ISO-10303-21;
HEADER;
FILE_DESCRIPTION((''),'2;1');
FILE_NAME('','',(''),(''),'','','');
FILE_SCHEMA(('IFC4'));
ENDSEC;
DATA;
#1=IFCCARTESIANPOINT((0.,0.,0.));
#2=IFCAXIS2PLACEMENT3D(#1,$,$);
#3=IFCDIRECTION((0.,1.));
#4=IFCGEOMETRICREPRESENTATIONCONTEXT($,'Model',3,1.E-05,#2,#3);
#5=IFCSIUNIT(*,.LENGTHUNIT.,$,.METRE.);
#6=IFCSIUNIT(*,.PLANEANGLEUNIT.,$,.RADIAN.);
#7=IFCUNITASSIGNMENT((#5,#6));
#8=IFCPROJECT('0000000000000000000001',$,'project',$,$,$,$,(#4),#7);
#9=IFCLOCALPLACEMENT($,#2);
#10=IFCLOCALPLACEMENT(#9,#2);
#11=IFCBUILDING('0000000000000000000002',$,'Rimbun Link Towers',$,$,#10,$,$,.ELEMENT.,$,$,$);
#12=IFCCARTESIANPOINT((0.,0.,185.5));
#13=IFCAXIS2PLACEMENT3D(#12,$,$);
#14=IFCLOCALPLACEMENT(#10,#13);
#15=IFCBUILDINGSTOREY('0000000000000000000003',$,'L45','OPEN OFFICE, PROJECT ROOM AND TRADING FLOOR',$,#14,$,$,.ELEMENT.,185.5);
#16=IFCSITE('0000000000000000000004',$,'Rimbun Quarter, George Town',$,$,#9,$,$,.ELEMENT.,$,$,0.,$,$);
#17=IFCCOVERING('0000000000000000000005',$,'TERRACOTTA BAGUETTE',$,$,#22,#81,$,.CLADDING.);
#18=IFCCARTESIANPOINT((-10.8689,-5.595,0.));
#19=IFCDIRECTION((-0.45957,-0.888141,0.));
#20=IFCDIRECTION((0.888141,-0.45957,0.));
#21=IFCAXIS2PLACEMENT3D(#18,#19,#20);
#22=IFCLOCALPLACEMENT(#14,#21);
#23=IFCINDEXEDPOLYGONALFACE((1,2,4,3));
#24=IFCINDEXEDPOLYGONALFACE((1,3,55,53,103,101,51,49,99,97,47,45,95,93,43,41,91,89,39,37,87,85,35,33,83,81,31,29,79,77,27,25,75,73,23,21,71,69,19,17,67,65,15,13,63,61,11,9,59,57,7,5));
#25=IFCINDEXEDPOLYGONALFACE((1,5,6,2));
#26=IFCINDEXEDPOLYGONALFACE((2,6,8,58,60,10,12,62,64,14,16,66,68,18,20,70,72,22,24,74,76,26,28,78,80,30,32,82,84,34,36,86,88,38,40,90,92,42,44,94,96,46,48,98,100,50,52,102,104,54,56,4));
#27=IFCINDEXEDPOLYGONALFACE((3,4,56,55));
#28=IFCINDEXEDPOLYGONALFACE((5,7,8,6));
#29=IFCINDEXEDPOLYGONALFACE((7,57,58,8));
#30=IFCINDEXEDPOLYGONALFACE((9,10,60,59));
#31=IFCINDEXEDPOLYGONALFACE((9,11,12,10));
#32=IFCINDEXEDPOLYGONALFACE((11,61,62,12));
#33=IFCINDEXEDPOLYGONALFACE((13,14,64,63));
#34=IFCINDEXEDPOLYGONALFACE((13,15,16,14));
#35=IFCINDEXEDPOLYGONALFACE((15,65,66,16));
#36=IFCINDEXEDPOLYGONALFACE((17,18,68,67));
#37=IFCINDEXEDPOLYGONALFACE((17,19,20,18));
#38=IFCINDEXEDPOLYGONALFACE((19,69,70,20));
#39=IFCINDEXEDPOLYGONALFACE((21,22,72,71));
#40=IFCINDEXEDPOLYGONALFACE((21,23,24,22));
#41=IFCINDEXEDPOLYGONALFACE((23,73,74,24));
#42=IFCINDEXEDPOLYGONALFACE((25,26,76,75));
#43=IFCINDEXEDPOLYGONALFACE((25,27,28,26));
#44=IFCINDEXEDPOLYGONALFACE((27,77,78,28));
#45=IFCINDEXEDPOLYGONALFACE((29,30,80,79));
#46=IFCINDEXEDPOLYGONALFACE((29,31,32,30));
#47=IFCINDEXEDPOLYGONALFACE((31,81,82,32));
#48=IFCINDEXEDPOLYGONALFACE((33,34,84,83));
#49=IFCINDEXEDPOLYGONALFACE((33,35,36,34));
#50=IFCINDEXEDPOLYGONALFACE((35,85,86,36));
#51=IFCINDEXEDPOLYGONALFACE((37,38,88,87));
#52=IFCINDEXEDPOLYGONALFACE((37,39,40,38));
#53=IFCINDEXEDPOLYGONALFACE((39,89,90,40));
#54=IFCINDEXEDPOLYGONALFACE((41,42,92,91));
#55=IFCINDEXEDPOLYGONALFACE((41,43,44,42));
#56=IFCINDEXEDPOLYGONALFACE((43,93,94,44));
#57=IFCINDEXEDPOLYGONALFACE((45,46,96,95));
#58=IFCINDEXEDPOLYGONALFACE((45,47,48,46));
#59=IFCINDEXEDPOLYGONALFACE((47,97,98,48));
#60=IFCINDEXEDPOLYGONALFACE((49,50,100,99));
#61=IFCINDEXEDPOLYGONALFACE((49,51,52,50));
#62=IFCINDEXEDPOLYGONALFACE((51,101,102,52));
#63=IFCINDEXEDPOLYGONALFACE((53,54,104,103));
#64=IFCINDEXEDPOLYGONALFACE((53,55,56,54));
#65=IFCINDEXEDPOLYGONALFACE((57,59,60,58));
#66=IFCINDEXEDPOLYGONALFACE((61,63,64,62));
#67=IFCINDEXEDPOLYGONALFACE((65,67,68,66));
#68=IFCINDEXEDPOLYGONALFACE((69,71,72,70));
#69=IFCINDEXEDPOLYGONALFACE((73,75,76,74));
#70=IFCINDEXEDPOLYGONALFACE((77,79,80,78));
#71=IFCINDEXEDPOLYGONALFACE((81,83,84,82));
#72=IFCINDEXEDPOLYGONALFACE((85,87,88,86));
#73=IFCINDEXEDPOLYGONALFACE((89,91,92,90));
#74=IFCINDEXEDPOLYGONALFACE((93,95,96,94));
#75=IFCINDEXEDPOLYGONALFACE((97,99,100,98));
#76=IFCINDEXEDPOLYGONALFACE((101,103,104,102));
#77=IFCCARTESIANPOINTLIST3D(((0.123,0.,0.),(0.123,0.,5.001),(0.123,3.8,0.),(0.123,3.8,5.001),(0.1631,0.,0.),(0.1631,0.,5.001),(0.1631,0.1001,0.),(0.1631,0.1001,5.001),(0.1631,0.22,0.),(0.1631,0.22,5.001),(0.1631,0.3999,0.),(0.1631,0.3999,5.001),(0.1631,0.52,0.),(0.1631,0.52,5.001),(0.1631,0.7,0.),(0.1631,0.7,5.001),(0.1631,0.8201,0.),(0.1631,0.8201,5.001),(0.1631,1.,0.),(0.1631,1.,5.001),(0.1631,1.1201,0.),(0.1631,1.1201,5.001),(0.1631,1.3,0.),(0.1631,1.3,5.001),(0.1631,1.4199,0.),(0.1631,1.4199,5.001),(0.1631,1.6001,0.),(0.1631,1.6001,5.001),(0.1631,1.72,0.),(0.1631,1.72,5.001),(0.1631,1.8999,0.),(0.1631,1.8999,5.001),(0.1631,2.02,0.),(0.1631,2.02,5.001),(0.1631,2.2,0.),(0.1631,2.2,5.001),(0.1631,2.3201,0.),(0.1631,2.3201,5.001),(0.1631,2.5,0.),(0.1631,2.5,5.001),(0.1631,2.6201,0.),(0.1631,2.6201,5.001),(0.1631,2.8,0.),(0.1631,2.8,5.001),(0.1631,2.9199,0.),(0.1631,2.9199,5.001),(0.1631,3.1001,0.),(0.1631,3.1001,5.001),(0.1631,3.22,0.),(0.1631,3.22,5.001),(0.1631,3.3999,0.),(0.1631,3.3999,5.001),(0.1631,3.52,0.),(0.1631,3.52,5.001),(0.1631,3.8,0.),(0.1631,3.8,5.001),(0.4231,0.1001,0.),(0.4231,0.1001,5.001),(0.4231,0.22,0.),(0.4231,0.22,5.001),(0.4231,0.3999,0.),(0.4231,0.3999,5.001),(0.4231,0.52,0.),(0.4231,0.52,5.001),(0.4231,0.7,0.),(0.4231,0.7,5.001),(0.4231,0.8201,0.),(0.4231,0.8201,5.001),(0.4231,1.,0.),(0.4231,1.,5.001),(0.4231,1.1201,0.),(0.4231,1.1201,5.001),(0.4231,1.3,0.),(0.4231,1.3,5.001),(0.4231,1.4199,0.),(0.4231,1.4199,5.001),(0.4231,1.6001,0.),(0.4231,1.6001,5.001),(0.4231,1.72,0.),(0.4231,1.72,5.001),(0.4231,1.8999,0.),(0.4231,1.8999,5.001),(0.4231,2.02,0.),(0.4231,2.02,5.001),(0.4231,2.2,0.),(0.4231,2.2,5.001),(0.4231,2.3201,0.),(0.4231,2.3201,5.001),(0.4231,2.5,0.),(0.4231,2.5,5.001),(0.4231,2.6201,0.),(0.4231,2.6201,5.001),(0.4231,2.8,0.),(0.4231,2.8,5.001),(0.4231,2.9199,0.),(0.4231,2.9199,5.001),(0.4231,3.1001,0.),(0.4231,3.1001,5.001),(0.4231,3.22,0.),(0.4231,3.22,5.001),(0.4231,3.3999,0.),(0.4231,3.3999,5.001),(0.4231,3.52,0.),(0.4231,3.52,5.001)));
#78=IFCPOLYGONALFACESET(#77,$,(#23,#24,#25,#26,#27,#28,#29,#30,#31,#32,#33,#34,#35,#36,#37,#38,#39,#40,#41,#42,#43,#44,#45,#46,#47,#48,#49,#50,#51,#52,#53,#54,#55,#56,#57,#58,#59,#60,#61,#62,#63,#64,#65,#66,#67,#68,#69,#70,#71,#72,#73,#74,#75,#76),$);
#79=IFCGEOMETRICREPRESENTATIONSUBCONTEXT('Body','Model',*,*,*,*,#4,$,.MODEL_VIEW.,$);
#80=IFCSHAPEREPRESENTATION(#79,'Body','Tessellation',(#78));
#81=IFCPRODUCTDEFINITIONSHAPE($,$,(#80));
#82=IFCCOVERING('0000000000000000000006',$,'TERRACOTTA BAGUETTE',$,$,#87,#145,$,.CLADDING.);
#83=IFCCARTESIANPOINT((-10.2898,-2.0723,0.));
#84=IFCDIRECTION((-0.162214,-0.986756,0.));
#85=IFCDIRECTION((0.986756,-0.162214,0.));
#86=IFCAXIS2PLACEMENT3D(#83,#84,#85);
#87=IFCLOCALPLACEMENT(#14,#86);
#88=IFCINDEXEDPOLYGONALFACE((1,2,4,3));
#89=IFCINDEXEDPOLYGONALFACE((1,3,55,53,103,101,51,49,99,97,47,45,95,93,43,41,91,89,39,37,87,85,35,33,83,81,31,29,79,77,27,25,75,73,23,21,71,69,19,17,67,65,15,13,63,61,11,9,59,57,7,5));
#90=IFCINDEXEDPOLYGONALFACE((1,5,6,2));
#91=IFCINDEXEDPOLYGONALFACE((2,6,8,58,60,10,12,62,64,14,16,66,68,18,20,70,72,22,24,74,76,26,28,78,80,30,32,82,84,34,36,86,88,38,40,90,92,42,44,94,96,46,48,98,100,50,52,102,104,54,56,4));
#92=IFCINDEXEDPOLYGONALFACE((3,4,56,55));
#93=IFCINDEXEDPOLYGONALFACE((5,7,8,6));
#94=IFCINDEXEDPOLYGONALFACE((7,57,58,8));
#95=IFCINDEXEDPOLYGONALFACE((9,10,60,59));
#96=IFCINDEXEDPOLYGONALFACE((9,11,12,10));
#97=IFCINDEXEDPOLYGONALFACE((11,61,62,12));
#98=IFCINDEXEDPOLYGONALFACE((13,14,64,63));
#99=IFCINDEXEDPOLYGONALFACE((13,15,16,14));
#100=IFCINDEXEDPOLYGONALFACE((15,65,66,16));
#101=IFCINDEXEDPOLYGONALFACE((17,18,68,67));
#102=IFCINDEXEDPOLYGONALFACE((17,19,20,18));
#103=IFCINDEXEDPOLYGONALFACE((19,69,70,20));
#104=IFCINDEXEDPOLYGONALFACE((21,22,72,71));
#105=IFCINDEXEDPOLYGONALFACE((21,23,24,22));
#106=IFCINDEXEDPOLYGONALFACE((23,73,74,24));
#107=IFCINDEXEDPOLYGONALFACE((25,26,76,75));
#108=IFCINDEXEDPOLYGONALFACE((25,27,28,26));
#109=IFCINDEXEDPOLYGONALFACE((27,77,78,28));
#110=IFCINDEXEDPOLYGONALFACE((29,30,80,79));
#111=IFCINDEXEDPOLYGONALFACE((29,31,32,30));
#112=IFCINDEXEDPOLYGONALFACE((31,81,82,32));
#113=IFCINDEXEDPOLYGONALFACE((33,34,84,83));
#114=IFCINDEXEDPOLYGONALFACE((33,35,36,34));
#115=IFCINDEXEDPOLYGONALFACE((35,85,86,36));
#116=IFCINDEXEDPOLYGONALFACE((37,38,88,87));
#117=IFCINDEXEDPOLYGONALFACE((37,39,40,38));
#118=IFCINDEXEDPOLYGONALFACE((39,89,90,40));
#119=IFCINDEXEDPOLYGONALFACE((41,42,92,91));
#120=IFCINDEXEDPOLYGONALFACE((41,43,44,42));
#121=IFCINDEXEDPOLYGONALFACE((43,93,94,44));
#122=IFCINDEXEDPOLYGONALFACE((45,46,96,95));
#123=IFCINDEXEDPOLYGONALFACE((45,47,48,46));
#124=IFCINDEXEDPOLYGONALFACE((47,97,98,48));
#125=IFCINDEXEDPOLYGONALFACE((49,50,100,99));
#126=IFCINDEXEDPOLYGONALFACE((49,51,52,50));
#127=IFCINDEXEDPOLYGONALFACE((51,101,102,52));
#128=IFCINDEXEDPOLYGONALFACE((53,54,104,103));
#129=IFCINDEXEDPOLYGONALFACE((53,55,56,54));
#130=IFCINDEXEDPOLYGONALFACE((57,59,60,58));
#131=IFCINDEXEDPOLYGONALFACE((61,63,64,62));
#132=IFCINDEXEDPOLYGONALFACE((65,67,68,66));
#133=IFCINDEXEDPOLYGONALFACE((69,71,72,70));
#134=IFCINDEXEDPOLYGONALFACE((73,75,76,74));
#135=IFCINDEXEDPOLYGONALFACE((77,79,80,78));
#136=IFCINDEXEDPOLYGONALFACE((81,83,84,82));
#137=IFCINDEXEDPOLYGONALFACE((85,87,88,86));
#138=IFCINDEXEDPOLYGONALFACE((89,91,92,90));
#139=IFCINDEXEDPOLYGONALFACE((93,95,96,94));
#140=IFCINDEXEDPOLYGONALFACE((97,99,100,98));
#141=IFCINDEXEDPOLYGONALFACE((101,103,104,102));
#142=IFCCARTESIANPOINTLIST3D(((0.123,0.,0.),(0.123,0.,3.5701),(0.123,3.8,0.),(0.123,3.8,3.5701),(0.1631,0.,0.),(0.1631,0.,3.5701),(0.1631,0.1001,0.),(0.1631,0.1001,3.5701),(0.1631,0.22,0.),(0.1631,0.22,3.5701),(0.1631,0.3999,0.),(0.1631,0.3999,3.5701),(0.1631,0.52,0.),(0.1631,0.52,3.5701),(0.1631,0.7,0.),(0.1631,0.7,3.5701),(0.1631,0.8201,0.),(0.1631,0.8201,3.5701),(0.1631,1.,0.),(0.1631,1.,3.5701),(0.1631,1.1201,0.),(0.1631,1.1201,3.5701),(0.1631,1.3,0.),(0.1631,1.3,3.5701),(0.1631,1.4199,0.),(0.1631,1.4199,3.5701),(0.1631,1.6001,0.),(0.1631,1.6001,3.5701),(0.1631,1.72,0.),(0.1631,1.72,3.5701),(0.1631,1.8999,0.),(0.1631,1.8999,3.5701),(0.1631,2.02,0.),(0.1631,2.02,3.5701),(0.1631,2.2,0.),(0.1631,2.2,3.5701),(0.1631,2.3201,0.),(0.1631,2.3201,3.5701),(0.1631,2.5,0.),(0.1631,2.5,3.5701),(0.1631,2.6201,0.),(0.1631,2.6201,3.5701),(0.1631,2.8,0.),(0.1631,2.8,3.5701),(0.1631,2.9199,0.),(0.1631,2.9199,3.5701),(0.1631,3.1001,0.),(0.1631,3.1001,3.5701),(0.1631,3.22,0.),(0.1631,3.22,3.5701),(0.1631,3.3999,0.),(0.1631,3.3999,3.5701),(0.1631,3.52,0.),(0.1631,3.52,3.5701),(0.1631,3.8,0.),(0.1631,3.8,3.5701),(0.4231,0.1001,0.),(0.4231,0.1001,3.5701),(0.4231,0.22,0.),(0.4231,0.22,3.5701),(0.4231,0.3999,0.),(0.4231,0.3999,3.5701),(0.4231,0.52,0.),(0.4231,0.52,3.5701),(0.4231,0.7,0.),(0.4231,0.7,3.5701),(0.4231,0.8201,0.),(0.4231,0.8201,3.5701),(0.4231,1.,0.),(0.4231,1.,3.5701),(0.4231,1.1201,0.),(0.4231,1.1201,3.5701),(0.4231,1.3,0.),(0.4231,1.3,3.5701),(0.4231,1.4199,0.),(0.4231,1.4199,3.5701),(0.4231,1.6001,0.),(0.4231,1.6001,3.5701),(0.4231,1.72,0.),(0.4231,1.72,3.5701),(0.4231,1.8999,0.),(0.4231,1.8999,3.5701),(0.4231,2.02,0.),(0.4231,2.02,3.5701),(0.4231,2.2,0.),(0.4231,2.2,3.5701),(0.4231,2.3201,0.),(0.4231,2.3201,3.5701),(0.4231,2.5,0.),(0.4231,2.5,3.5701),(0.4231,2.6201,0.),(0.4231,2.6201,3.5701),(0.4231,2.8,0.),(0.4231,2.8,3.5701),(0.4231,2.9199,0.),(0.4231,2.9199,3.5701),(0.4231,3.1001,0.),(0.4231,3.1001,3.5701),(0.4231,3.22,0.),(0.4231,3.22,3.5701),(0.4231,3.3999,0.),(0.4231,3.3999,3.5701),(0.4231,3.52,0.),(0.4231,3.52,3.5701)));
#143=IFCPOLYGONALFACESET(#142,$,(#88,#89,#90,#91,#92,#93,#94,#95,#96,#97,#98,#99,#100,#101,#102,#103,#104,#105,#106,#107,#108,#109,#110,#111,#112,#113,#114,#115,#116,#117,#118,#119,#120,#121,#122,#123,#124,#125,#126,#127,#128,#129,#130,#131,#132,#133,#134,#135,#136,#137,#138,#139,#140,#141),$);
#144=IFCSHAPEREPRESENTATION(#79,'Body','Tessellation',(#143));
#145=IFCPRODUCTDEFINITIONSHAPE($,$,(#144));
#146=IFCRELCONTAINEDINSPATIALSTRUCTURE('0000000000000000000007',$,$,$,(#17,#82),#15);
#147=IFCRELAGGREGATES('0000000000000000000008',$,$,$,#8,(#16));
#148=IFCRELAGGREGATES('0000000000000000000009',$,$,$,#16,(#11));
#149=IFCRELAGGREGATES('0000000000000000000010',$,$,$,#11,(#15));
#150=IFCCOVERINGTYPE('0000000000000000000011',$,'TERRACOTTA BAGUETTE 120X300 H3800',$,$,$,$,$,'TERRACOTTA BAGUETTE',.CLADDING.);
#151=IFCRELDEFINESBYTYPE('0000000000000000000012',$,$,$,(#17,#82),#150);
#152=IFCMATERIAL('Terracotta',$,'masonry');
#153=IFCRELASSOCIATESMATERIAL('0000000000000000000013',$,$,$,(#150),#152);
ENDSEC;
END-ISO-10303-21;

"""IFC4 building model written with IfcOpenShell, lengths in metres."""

from ifc_helpers import new_model, si_unit, direction, frame, origin, place, context, subcontext, project, spatial, polyline, outline, extrude, material, material_profile, profile_set, type_object, element, save


model = new_model("IFC4")

# Units and contexts
model_context = context("Model", 3, precision=1e-05, world=origin(), true_north=direction((0.0, 1.0)))
body_context = subcontext(model_context, "Body", "Model", "MODEL_VIEW")
ifc_project = project(units=[si_unit("LENGTHUNIT", "METRE"), si_unit("PLANEANGLEUNIT", "RADIAN")], contexts=[model_context])

# Site, building, storey
site_placement = place(None, origin())
site = spatial("IfcSite", under=ifc_project, at=site_placement, Name="Rimbun Quarter, George Town", CompositionType="ELEMENT", RefElevation=0.0)
building_placement = place(site_placement, origin())
building = spatial("IfcBuilding", under=site, at=building_placement, Name="Rimbun Link Towers", CompositionType="ELEMENT")
storey_placement = place(building_placement, frame((0.0, 0.0, 185.5)))
storey = spatial("IfcBuildingStorey", under=building, at=storey_placement, Name="L45", Description="OPEN OFFICE, PROJECT ROOM AND TRADING FLOOR", CompositionType="ELEMENT", Elevation=185.5)

# Coverings
ifc_material_1 = material(Name="Terracotta", Category="masonry")
ifc_material_profile_1 = material_profile(ifc_material_1, outline(polyline([(0.123, 0.0), (0.1631, 0.0), (0.1631, 0.1001), (0.4231, 0.1001), (0.4231, 0.22), (0.1631, 0.22), (0.1631, 0.3999), (0.4231, 0.3999), (0.4231, 0.52), (0.1631, 0.52), (0.1631, 0.7), (0.4231, 0.7), (0.4231, 0.8201), (0.1631, 0.8201), (0.1631, 1.0), (0.4231, 1.0), (0.4231, 1.1201), (0.1631, 1.1201), (0.1631, 1.3), (0.4231, 1.3), (0.4231, 1.4199), (0.1631, 1.4199), (0.1631, 1.6001), (0.4231, 1.6001), (0.4231, 1.72), (0.1631, 1.72), (0.1631, 1.8999), (0.4231, 1.8999), (0.4231, 2.02), (0.1631, 2.02), (0.1631, 2.2), (0.4231, 2.2), (0.4231, 2.3201), (0.1631, 2.3201), (0.1631, 2.5), (0.4231, 2.5), (0.4231, 2.6201), (0.1631, 2.6201), (0.1631, 2.8), (0.4231, 2.8), (0.4231, 2.9199), (0.1631, 2.9199), (0.1631, 3.1001), (0.4231, 3.1001), (0.4231, 3.22), (0.1631, 3.22), (0.1631, 3.3999), (0.4231, 3.3999), (0.4231, 3.52), (0.1631, 3.52), (0.1631, 3.8), (0.123, 3.8), (0.123, 0.0)])), Name="BAGUETTE 120X300")
ifc_profile_set_1 = profile_set([ifc_material_profile_1], Name="Terracotta")
covering_type = type_object("IfcCoveringType", Name="TERRACOTTA BAGUETTE 120X300 H3800", ElementType="TERRACOTTA BAGUETTE", PredefinedType="CLADDING", material=ifc_profile_set_1)
covering_1_placement = place(storey_placement, frame((-10.8689, -5.595, 0.0), z_axis=(-0.45957, -0.888141, 0.0), x_axis=(0.888141, -0.45957, 0.0)))
element("IfcCovering", 1, at=covering_1_placement, inside=storey, type_object=covering_type, Name="TERRACOTTA BAGUETTE", PredefinedType="CLADDING", context=body_context, shape_type="SweptSolid", body=[
    extrude(outline(polyline([(0.123, 0.0), (0.1631, 0.0), (0.1631, 0.1001), (0.4231, 0.1001), (0.4231, 0.22), (0.1631, 0.22), (0.1631, 0.3999), (0.4231, 0.3999), (0.4231, 0.52), (0.1631, 0.52), (0.1631, 0.7), (0.4231, 0.7), (0.4231, 0.8201), (0.1631, 0.8201), (0.1631, 1.0), (0.4231, 1.0), (0.4231, 1.1201), (0.1631, 1.1201), (0.1631, 1.3), (0.4231, 1.3), (0.4231, 1.4199), (0.1631, 1.4199), (0.1631, 1.6001), (0.4231, 1.6001), (0.4231, 1.72), (0.1631, 1.72), (0.1631, 1.8999), (0.4231, 1.8999), (0.4231, 2.02), (0.1631, 2.02), (0.1631, 2.2), (0.4231, 2.2), (0.4231, 2.3201), (0.1631, 2.3201), (0.1631, 2.5), (0.4231, 2.5), (0.4231, 2.6201), (0.1631, 2.6201), (0.1631, 2.8), (0.4231, 2.8), (0.4231, 2.9199), (0.1631, 2.9199), (0.1631, 3.1001), (0.4231, 3.1001), (0.4231, 3.22), (0.1631, 3.22), (0.1631, 3.3999), (0.4231, 3.3999), (0.4231, 3.52), (0.1631, 3.52), (0.1631, 3.8), (0.123, 3.8), (0.123, 0.0)])), origin(), (0.0, 0.0, 1.0), 5.001),
])
covering_2_placement = place(storey_placement, frame((-10.2898, -2.0723, 0.0), z_axis=(-0.162214, -0.986756, 0.0), x_axis=(0.986756, -0.162214, 0.0)))
element("IfcCovering", 2, at=covering_2_placement, inside=storey, type_object=covering_type, Name="TERRACOTTA BAGUETTE", PredefinedType="CLADDING", context=body_context, shape_type="SweptSolid", body=[
    extrude(outline(polyline([(0.123, 0.0), (0.1631, 0.0), (0.1631, 0.1001), (0.4231, 0.1001), (0.4231, 0.22), (0.1631, 0.22), (0.1631, 0.3999), (0.4231, 0.3999), (0.4231, 0.52), (0.1631, 0.52), (0.1631, 0.7), (0.4231, 0.7), (0.4231, 0.8201), (0.1631, 0.8201), (0.1631, 1.0), (0.4231, 1.0), (0.4231, 1.1201), (0.1631, 1.1201), (0.1631, 1.3), (0.4231, 1.3), (0.4231, 1.4199), (0.1631, 1.4199), (0.1631, 1.6001), (0.4231, 1.6001), (0.4231, 1.72), (0.1631, 1.72), (0.1631, 1.8999), (0.4231, 1.8999), (0.4231, 2.02), (0.1631, 2.02), (0.1631, 2.2), (0.4231, 2.2), (0.4231, 2.3201), (0.1631, 2.3201), (0.1631, 2.5), (0.4231, 2.5), (0.4231, 2.6201), (0.1631, 2.6201), (0.1631, 2.8), (0.4231, 2.8), (0.4231, 2.9199), (0.1631, 2.9199), (0.1631, 3.1001), (0.4231, 3.1001), (0.4231, 3.22), (0.1631, 3.22), (0.1631, 3.3999), (0.4231, 3.3999), (0.4231, 3.52), (0.1631, 3.52), (0.1631, 3.8), (0.123, 3.8), (0.123, 0.0)])), origin(), (0.0, 0.0, 1.0), 3.5701),
])

save(model, "model.ifc")
